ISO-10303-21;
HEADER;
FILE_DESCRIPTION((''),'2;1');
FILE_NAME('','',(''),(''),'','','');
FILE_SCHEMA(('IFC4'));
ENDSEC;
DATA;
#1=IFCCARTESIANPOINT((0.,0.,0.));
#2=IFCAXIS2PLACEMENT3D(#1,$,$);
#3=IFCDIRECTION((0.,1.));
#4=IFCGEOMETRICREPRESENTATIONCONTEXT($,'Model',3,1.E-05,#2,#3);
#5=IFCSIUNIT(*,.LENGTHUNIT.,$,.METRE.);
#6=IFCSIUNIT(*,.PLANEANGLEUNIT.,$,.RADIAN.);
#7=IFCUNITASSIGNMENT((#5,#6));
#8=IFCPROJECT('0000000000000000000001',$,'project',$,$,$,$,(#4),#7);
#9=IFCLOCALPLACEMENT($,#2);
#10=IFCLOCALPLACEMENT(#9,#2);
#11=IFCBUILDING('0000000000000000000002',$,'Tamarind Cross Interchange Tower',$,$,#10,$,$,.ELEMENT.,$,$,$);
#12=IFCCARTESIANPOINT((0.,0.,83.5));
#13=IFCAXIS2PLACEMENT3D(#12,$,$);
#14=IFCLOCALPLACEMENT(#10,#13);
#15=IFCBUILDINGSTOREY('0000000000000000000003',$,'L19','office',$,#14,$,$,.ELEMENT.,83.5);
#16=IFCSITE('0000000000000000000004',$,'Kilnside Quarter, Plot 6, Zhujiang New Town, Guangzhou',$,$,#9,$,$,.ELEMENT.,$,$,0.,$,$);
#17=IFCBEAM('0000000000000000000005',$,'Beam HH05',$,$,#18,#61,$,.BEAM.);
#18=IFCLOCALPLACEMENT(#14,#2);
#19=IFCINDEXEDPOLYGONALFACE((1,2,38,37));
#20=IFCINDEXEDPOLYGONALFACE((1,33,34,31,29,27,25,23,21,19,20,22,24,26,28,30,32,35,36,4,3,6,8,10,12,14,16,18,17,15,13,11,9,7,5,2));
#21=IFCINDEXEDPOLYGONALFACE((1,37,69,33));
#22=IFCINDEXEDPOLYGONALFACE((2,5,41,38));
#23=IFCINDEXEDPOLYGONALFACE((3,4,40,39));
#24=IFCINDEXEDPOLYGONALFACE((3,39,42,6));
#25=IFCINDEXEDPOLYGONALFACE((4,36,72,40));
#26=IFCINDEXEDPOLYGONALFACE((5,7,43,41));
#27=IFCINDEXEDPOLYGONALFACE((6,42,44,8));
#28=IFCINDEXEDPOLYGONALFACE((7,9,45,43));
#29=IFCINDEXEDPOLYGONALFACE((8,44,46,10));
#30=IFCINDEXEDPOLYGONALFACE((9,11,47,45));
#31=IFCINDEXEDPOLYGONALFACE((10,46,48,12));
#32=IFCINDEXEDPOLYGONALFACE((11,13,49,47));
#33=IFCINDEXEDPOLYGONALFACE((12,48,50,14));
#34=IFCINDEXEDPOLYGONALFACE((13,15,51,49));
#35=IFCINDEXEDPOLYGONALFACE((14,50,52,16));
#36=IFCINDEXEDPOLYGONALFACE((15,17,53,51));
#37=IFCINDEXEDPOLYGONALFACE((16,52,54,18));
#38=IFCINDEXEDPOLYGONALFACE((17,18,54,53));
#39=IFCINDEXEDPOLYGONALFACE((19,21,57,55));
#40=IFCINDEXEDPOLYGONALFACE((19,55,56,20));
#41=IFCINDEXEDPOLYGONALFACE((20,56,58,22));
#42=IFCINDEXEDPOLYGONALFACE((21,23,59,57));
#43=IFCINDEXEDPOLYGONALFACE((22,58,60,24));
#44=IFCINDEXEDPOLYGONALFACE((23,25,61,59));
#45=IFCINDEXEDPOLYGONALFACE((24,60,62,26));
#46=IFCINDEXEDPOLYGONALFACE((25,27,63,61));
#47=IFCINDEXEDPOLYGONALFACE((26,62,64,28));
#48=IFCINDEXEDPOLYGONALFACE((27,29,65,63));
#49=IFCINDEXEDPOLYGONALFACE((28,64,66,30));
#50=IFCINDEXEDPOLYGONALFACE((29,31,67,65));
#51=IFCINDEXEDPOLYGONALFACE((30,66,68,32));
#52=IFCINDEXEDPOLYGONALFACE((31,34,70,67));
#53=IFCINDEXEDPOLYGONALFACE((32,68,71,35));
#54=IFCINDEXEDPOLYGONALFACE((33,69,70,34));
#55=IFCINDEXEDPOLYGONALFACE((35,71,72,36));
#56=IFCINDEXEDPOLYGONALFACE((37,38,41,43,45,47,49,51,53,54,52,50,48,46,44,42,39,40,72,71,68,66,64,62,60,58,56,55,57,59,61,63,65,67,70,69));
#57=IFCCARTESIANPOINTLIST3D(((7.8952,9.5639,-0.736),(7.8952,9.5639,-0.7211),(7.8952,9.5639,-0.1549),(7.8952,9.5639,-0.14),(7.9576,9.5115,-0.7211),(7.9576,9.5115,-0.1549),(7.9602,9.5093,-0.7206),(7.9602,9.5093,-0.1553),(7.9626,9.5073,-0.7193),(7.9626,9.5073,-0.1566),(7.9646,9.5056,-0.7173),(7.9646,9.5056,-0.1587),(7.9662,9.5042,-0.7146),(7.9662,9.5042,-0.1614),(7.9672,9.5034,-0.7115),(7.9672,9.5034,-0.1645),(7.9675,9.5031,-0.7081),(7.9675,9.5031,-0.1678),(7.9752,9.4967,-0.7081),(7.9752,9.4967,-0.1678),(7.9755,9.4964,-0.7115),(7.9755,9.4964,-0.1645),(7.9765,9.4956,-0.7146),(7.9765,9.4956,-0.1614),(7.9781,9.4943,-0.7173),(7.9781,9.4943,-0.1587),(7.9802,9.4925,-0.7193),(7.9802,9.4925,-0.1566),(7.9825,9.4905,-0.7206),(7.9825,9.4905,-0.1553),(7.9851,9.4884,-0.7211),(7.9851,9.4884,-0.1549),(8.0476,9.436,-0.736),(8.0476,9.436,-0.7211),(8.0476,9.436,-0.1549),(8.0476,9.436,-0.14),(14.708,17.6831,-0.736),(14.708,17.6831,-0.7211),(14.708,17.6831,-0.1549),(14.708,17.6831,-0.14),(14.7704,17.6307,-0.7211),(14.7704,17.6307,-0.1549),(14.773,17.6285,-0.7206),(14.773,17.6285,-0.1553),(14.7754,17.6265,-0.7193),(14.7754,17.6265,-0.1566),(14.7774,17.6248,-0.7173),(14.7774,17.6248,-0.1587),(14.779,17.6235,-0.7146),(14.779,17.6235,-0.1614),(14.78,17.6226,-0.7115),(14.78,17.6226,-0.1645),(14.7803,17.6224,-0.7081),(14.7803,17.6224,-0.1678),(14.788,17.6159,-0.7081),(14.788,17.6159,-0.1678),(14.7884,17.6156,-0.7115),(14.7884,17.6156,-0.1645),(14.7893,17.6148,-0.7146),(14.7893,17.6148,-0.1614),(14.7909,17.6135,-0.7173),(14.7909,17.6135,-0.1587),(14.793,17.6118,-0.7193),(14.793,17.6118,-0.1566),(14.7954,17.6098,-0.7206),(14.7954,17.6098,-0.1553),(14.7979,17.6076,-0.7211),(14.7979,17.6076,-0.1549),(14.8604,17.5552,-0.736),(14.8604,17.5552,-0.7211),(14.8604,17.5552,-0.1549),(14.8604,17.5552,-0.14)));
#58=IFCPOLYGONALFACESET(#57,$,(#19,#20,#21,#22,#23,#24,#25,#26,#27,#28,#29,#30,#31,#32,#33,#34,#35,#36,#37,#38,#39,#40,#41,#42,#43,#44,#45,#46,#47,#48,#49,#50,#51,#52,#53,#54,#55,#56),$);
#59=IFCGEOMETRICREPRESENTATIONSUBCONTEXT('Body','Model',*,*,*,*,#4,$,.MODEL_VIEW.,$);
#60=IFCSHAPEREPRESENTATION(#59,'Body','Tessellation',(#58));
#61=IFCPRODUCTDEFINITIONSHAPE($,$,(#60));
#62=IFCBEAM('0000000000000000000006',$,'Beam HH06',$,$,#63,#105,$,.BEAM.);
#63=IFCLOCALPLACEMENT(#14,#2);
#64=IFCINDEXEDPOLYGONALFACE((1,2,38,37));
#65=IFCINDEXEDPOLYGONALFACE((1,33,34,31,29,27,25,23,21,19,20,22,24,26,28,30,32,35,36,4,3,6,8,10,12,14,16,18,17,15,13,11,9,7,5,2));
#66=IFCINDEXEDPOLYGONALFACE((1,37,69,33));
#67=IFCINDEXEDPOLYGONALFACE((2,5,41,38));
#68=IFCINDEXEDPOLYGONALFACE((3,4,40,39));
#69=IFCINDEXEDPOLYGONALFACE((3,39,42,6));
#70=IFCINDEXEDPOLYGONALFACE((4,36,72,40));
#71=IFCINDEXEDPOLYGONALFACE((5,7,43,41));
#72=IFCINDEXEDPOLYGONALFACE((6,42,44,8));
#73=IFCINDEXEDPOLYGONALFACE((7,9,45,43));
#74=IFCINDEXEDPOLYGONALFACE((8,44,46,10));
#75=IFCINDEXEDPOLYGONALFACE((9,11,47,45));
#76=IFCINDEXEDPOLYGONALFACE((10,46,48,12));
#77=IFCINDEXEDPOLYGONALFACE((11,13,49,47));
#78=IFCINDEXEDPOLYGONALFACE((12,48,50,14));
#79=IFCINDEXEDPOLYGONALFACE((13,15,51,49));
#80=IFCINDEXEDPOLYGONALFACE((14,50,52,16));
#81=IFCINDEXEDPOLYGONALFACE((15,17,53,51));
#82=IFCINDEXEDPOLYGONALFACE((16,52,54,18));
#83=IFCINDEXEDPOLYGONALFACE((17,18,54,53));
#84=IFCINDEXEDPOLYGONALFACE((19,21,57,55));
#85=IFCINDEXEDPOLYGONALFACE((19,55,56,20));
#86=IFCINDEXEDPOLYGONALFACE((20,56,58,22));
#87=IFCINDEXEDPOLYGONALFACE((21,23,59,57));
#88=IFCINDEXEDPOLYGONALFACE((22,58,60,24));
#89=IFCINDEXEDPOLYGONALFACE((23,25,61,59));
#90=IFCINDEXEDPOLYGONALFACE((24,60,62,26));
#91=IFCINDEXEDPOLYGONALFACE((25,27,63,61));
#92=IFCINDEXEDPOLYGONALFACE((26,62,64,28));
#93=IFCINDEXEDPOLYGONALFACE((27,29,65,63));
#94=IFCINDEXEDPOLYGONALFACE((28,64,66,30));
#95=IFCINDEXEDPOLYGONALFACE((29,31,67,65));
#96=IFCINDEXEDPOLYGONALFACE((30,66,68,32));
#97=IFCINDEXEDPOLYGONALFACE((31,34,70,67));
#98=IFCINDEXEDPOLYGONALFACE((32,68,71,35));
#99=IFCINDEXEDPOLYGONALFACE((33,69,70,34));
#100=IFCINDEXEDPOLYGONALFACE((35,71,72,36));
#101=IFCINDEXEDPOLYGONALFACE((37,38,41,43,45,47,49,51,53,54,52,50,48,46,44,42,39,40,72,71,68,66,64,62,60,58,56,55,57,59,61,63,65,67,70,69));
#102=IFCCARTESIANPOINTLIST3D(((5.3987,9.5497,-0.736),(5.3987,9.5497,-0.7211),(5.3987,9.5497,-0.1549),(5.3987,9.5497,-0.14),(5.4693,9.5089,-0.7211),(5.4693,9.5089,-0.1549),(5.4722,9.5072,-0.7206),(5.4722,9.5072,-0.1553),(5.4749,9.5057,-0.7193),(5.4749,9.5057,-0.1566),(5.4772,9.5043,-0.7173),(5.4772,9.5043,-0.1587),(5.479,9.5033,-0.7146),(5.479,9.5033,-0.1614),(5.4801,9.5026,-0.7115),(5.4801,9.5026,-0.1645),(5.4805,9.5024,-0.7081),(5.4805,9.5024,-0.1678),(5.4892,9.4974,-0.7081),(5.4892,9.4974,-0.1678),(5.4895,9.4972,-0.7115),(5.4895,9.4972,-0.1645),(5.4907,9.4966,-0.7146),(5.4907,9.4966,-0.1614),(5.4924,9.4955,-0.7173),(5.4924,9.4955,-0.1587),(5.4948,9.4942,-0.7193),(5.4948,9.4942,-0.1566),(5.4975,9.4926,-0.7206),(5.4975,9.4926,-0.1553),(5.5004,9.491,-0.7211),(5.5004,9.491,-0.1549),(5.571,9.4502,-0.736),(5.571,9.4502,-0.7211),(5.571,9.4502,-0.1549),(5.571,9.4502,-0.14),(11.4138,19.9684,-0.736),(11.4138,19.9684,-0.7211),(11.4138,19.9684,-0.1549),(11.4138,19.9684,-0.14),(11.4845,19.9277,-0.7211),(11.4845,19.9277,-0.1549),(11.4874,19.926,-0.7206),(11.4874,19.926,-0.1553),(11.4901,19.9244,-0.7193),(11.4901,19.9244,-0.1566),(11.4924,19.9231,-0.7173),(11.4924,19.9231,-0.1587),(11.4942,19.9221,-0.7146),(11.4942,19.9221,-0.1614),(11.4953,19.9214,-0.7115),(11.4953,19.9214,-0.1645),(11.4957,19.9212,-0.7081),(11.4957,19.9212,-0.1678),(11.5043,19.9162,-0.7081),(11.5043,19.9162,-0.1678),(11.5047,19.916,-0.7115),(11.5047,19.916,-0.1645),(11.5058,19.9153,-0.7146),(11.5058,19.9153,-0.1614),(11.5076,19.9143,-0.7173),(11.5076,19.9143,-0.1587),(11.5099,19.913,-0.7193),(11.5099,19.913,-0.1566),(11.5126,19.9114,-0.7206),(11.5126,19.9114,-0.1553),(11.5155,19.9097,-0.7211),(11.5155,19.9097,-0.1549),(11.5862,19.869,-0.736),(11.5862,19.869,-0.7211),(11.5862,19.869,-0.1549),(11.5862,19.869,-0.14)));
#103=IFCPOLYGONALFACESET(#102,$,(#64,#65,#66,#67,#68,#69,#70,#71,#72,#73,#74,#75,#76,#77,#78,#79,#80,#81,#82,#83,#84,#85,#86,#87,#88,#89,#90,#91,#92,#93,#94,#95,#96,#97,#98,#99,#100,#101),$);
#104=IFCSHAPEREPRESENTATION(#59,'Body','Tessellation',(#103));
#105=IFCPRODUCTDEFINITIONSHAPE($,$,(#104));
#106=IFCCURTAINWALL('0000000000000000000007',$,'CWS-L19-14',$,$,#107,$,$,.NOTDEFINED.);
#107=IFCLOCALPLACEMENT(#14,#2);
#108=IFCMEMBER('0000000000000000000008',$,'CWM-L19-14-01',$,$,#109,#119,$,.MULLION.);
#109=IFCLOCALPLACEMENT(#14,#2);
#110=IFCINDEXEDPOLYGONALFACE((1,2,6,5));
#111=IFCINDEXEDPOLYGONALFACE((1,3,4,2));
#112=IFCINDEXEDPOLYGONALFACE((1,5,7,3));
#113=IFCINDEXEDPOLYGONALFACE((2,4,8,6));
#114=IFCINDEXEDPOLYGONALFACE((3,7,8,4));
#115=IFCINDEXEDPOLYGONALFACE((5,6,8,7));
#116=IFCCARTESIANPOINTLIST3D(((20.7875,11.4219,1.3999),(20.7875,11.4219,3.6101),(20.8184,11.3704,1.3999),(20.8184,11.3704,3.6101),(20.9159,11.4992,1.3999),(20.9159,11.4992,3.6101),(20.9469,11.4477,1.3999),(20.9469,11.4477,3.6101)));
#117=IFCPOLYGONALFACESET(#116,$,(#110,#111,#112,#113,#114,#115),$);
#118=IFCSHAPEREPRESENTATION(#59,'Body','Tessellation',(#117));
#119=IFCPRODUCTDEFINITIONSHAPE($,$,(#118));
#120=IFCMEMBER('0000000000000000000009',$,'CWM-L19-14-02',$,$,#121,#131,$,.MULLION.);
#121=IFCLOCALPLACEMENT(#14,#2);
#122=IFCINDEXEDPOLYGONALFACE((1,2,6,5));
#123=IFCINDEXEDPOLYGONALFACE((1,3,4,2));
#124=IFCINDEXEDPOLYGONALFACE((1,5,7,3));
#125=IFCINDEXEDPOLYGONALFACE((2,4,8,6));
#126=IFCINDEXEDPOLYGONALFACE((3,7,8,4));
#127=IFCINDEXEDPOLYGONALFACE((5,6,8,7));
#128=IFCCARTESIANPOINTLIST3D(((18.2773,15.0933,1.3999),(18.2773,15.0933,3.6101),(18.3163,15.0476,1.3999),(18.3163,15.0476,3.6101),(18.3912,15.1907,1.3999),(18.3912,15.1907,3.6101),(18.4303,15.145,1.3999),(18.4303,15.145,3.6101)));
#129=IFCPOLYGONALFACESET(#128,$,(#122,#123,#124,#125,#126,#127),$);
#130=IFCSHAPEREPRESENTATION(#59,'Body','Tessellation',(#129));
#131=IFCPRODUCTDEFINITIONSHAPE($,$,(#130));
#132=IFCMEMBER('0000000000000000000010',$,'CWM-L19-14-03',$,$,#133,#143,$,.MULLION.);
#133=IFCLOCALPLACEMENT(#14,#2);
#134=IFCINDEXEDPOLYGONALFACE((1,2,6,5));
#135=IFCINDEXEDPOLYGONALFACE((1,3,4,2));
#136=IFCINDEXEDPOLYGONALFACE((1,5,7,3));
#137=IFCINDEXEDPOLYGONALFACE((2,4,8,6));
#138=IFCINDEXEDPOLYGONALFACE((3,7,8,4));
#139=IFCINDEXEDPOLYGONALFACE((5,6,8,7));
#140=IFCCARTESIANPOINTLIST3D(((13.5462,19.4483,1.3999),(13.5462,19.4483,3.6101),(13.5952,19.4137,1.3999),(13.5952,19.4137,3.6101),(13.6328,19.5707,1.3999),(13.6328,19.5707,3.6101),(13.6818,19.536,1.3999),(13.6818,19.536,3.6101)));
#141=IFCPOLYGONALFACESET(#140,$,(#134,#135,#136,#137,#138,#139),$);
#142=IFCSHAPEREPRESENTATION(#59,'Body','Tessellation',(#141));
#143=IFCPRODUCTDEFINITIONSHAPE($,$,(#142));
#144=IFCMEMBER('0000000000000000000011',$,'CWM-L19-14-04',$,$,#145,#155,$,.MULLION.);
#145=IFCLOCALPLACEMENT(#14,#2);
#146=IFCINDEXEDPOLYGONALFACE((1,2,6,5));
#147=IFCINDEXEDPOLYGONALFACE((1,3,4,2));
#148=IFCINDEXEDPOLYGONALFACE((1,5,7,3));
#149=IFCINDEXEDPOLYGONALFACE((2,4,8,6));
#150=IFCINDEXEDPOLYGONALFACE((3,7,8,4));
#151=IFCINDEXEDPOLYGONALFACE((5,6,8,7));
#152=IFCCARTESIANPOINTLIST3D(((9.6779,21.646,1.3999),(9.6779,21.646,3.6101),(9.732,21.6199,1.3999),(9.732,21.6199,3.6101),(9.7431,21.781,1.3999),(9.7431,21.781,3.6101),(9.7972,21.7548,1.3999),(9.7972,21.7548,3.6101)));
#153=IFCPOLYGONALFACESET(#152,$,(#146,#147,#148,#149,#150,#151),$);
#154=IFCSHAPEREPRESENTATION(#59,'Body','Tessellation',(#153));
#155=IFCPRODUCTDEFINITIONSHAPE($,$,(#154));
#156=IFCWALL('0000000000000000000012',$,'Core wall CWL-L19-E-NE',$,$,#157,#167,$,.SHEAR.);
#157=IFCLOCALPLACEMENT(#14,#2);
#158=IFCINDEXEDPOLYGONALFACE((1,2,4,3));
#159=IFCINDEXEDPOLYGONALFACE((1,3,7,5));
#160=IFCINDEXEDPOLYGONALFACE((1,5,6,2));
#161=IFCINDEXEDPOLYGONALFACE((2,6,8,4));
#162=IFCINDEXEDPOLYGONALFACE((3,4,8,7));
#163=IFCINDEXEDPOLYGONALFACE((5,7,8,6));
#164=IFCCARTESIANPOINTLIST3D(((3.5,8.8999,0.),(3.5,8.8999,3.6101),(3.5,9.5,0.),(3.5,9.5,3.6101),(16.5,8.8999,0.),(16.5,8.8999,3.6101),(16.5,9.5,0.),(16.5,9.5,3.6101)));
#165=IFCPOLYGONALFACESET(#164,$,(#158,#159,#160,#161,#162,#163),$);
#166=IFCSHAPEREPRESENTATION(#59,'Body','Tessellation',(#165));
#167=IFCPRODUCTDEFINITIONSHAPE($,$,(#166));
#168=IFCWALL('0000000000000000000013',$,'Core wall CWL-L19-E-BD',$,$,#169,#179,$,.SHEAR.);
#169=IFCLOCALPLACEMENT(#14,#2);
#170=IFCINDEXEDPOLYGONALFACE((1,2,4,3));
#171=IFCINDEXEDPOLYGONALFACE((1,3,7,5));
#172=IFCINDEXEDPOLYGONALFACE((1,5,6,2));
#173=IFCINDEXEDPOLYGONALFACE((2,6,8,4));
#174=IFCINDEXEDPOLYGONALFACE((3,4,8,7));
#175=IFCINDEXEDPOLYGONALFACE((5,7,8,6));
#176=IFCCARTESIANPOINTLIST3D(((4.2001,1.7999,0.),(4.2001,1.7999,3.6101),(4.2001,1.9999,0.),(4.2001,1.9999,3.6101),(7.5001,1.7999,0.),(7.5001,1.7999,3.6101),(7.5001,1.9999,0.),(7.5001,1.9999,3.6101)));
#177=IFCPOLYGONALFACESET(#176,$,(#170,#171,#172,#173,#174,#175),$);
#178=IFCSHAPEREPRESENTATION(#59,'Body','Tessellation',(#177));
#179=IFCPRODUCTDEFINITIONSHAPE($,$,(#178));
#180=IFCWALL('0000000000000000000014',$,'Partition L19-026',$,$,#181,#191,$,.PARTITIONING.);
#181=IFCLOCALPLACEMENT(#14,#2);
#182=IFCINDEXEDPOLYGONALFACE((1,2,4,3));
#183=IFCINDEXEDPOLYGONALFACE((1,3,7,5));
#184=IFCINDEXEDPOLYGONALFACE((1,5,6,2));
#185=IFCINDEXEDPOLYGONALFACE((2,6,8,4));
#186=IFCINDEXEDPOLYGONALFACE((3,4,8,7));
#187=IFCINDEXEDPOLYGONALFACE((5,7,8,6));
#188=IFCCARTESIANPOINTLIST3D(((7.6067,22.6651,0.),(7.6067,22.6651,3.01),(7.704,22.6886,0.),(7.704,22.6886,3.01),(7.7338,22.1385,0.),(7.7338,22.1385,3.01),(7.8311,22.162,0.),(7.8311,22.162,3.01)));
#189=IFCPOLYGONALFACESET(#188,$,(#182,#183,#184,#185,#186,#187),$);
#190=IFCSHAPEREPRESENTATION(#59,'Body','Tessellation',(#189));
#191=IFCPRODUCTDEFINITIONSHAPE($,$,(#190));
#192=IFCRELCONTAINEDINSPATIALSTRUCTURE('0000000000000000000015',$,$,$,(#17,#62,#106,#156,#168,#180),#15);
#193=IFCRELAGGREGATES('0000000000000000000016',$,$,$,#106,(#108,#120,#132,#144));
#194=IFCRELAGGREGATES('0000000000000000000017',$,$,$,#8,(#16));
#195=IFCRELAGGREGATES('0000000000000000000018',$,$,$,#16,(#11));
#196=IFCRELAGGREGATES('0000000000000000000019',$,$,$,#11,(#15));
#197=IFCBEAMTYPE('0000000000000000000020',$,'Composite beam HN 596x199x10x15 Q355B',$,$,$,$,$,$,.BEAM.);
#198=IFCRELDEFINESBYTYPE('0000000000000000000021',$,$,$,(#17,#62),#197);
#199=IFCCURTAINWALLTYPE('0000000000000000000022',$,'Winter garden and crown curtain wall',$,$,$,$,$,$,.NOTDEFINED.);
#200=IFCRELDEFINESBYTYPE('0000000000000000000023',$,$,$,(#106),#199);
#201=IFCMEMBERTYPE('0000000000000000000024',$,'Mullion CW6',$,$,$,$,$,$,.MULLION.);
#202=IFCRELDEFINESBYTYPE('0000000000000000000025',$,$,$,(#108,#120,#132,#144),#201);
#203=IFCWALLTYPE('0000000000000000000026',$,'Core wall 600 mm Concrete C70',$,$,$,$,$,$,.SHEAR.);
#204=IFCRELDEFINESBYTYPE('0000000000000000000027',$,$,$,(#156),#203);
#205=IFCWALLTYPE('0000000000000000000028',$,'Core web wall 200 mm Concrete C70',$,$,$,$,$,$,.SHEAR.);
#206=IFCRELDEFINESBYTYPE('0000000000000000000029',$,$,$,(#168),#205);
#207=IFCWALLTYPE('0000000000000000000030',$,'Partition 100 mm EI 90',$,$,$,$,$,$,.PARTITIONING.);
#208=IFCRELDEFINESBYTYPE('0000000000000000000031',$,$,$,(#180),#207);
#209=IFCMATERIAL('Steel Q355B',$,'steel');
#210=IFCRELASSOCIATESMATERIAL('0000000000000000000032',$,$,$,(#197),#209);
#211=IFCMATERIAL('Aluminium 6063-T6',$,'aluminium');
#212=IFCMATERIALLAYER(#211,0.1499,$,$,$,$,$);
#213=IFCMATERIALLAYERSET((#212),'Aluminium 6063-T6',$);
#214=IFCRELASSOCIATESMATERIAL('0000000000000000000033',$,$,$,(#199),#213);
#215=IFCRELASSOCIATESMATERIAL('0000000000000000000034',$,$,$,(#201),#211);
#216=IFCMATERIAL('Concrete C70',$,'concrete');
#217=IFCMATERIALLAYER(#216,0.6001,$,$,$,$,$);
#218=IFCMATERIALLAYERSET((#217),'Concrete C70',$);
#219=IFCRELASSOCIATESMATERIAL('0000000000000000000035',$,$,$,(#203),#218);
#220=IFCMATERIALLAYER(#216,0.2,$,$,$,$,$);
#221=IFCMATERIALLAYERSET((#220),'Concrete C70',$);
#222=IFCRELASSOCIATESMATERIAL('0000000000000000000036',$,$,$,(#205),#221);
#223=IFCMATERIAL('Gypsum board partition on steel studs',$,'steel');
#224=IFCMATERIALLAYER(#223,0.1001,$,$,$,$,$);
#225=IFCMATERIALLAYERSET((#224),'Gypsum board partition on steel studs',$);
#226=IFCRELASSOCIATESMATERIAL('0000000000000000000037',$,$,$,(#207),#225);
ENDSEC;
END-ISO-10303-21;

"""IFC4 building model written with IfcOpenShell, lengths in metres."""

from ifc_helpers import new_model, si_unit, direction, frame, frame_2d, origin, origin_2d, place, context, subcontext, project, spatial, rectangle, i_section, extrude, material, layer, layer_set, material_profile, profile_set, type_object, element, aggregate, save


model = new_model("IFC4")

# Units and contexts
model_context = context("Model", 3, precision=1e-05, world=origin(), true_north=direction((0.0, 1.0)))
body_context = subcontext(model_context, "Body", "Model", "MODEL_VIEW")
ifc_project = project(units=[si_unit("LENGTHUNIT", "METRE"), si_unit("PLANEANGLEUNIT", "RADIAN")], contexts=[model_context])

# Site, building, storey
site_placement = place(None, origin())
site = spatial("IfcSite", under=ifc_project, at=site_placement, Name="Kilnside Quarter, Plot 6, Zhujiang New Town, Guangzhou", CompositionType="ELEMENT", RefElevation=0.0)
building_placement = place(site_placement, origin())
building = spatial("IfcBuilding", under=site, at=building_placement, Name="Tamarind Cross Interchange Tower", CompositionType="ELEMENT")
storey_placement = place(building_placement, frame((0.0, 0.0, 83.5)))
storey = spatial("IfcBuildingStorey", under=building, at=storey_placement, Name="L19", Description="office", CompositionType="ELEMENT", Elevation=83.5)

# Beams
ifc_material_1 = material(Name="Steel Q355B", Category="steel")
ifc_material_profile_1 = material_profile(ifc_material_1, i_section(OverallWidth=0.199, OverallDepth=0.5959, WebThickness=0.01, FlangeThickness=0.0149, FilletRadius=0.0129, at=origin_2d()), Name="HN 596x199x10x15")
ifc_profile_set_1 = profile_set([ifc_material_profile_1], Name="Steel Q355B")
beam_type = type_object("IfcBeamType", Name="Composite beam HN 596x199x10x15 Q355B", PredefinedType="BEAM", material=ifc_profile_set_1)
beam_1_placement = place(storey_placement, frame((14.7842, 17.6191, -0.438), z_axis=(-0.642786, -0.766046, 0.0), x_axis=(0.766046, -0.642786, 0.0)))
element("IfcBeam", 1, at=beam_1_placement, inside=storey, type_object=beam_type, Name="Beam HH05", PredefinedType="BEAM", context=body_context, shape_type="SweptSolid", body=[
    extrude(i_section(OverallWidth=0.199, OverallDepth=0.5959, WebThickness=0.01, FlangeThickness=0.0149, FilletRadius=0.0129, at=origin_2d()), origin(), (0.0, 0.0, 1.0), 10.5989),
])
beam_2_placement = place(storey_placement, frame((11.5, 19.9187, -0.438), z_axis=(-0.499994, -0.866029, 0.0), x_axis=(0.866029, -0.499994, 0.0)))
element("IfcBeam", 2, at=beam_2_placement, inside=storey, type_object=beam_type, Name="Beam HH06", PredefinedType="BEAM", context=body_context, shape_type="SweptSolid", body=[
    extrude(i_section(OverallWidth=0.199, OverallDepth=0.5959, WebThickness=0.01, FlangeThickness=0.0149, FilletRadius=0.0129, at=origin_2d()), origin(), (0.0, 0.0, 1.0), 12.0305),
])

# Curtain wall, members
ifc_material_2 = material(Name="Aluminium 6063-T6", Category="aluminium")
ifc_layer_1 = layer(ifc_material_2, 0.1499)
ifc_layer_set_1 = layer_set([ifc_layer_1], Name="Aluminium 6063-T6")
curtain_wall_type = type_object("IfcCurtainWallType", Name="Winter garden and crown curtain wall", PredefinedType="NOTDEFINED", material=ifc_layer_set_1)
curtain_wall_placement = place(storey_placement, origin())
curtain_wall = element("IfcCurtainWall", 3, at=curtain_wall_placement, inside=storey, type_object=curtain_wall_type, Name="CWS-L19-14", PredefinedType="NOTDEFINED")
ifc_material_profile_2 = material_profile(ifc_material_2, rectangle(XDim=0.0601, YDim=0.1499, at=origin_2d()), Name="Mullion CW6")
ifc_profile_set_2 = profile_set([ifc_material_profile_2], Name="Aluminium 6063-T6")
member_type = type_object("IfcMemberType", Name="Mullion CW6", PredefinedType="MULLION", material=ifc_profile_set_2)
member_1_placement = place(storey_placement, frame((20.8672, 11.4348, 1.3999), z_axis=(0.0, 0.0, 1.0), x_axis=(-0.515577, 0.856843, 0.0)))
member_1 = element("IfcMember", 4, at=member_1_placement, type_object=member_type, Name="CWM-L19-14-01", PredefinedType="MULLION", context=body_context, shape_type="SweptSolid", body=[
    extrude(rectangle(XDim=0.0601, YDim=0.1499, at=origin_2d()), origin(), (0.0, 0.0, 1.0), 2.2102),
])
member_2_placement = place(storey_placement, frame((18.3538, 15.1191, 1.3999), z_axis=(0.0, 0.0, 1.0), x_axis=(-0.649577, 0.760296, 0.0)))
member_2 = element("IfcMember", 5, at=member_2_placement, type_object=member_type, Name="CWM-L19-14-02", PredefinedType="MULLION", context=body_context, shape_type="SweptSolid", body=[
    extrude(rectangle(XDim=0.0601, YDim=0.1499, at=origin_2d()), origin(), (0.0, 0.0, 1.0), 2.2102),
])
member_3_placement = place(storey_placement, frame((13.614, 19.4922, 1.3999), z_axis=(0.0, 0.0, 1.0), x_axis=(-0.816342, 0.577569, 0.0)))
member_3 = element("IfcMember", 6, at=member_3_placement, type_object=member_type, Name="CWM-L19-14-03", PredefinedType="MULLION", context=body_context, shape_type="SweptSolid", body=[
    extrude(rectangle(XDim=0.0601, YDim=0.1499, at=origin_2d()), origin(), (0.0, 0.0, 1.0), 2.2102),
])
member_4_placement = place(storey_placement, frame((9.7375, 21.7004, 1.3999), z_axis=(0.0, 0.0, 1.0), x_axis=(-0.900273, 0.435326, 0.0)))
member_4 = element("IfcMember", 7, at=member_4_placement, type_object=member_type, Name="CWM-L19-14-04", PredefinedType="MULLION", context=body_context, shape_type="SweptSolid", body=[
    extrude(rectangle(XDim=0.0601, YDim=0.1499, at=origin_2d()), origin(), (0.0, 0.0, 1.0), 2.2102),
])
aggregate(curtain_wall, [member_1, member_2, member_3, member_4])

# Walls
ifc_material_3 = material(Name="Concrete C70", Category="concrete")
ifc_layer_2 = layer(ifc_material_3, 0.6001)
ifc_layer_set_2 = layer_set([ifc_layer_2], Name="Concrete C70")
wall_type_1 = type_object("IfcWallType", Name="Core wall 600 mm Concrete C70", PredefinedType="SHEAR", material=ifc_layer_set_2)
wall_1_placement = place(storey_placement, frame((16.5, 9.2, 0.0), z_axis=(0.0, 0.0, 1.0), x_axis=(-1.0, 0.0, 0.0)))
element("IfcWall", 8, at=wall_1_placement, inside=storey, type_object=wall_type_1, Name="Core wall CWL-L19-E-NE", PredefinedType="SHEAR", context=body_context, shape_type="SweptSolid", body=[
    extrude(rectangle(XDim=13.0, YDim=0.6001, at=frame_2d((6.5, 0.0))), origin(), (0.0, 0.0, 1.0), 3.6101),
])
ifc_layer_3 = layer(ifc_material_3, 0.2)
ifc_layer_set_3 = layer_set([ifc_layer_3], Name="Concrete C70")
wall_type_2 = type_object("IfcWallType", Name="Core web wall 200 mm Concrete C70", PredefinedType="SHEAR", material=ifc_layer_set_3)
wall_2_placement = place(storey_placement, frame((7.5, 1.8999, 0.0), z_axis=(0.0, 0.0, 1.0), x_axis=(-1.0, 0.0, 0.0)))
element("IfcWall", 9, at=wall_2_placement, inside=storey, type_object=wall_type_2, Name="Core wall CWL-L19-E-BD", PredefinedType="SHEAR", context=body_context, shape_type="SweptSolid", body=[
    extrude(rectangle(XDim=3.3, YDim=0.2, at=frame_2d((1.6499, 0.0))), origin(), (0.0, 0.0, 1.0), 3.6101),
])
ifc_material_4 = material(Name="Gypsum board partition on steel studs", Category="steel")
ifc_layer_4 = layer(ifc_material_4, 0.1001)
ifc_layer_set_4 = layer_set([ifc_layer_4], Name="Gypsum board partition on steel studs")
wall_type_3 = type_object("IfcWallType", Name="Partition 100 mm EI 90", PredefinedType="PARTITIONING", material=ifc_layer_set_4)
wall_3_placement = place(storey_placement, frame((7.6553, 22.677, 0.0), z_axis=(0.0, 0.0, 1.0), x_axis=(0.234787, -0.972047, 0.0)))
element("IfcWall", 10, at=wall_3_placement, inside=storey, type_object=wall_type_3, Name="Partition L19-026", PredefinedType="PARTITIONING", context=body_context, shape_type="SweptSolid", body=[
    extrude(rectangle(XDim=0.5417, YDim=0.1001, at=frame_2d((0.271, 0.0))), origin(), (0.0, 0.0, 1.0), 3.01),
])

save(model, "model.ifc")
